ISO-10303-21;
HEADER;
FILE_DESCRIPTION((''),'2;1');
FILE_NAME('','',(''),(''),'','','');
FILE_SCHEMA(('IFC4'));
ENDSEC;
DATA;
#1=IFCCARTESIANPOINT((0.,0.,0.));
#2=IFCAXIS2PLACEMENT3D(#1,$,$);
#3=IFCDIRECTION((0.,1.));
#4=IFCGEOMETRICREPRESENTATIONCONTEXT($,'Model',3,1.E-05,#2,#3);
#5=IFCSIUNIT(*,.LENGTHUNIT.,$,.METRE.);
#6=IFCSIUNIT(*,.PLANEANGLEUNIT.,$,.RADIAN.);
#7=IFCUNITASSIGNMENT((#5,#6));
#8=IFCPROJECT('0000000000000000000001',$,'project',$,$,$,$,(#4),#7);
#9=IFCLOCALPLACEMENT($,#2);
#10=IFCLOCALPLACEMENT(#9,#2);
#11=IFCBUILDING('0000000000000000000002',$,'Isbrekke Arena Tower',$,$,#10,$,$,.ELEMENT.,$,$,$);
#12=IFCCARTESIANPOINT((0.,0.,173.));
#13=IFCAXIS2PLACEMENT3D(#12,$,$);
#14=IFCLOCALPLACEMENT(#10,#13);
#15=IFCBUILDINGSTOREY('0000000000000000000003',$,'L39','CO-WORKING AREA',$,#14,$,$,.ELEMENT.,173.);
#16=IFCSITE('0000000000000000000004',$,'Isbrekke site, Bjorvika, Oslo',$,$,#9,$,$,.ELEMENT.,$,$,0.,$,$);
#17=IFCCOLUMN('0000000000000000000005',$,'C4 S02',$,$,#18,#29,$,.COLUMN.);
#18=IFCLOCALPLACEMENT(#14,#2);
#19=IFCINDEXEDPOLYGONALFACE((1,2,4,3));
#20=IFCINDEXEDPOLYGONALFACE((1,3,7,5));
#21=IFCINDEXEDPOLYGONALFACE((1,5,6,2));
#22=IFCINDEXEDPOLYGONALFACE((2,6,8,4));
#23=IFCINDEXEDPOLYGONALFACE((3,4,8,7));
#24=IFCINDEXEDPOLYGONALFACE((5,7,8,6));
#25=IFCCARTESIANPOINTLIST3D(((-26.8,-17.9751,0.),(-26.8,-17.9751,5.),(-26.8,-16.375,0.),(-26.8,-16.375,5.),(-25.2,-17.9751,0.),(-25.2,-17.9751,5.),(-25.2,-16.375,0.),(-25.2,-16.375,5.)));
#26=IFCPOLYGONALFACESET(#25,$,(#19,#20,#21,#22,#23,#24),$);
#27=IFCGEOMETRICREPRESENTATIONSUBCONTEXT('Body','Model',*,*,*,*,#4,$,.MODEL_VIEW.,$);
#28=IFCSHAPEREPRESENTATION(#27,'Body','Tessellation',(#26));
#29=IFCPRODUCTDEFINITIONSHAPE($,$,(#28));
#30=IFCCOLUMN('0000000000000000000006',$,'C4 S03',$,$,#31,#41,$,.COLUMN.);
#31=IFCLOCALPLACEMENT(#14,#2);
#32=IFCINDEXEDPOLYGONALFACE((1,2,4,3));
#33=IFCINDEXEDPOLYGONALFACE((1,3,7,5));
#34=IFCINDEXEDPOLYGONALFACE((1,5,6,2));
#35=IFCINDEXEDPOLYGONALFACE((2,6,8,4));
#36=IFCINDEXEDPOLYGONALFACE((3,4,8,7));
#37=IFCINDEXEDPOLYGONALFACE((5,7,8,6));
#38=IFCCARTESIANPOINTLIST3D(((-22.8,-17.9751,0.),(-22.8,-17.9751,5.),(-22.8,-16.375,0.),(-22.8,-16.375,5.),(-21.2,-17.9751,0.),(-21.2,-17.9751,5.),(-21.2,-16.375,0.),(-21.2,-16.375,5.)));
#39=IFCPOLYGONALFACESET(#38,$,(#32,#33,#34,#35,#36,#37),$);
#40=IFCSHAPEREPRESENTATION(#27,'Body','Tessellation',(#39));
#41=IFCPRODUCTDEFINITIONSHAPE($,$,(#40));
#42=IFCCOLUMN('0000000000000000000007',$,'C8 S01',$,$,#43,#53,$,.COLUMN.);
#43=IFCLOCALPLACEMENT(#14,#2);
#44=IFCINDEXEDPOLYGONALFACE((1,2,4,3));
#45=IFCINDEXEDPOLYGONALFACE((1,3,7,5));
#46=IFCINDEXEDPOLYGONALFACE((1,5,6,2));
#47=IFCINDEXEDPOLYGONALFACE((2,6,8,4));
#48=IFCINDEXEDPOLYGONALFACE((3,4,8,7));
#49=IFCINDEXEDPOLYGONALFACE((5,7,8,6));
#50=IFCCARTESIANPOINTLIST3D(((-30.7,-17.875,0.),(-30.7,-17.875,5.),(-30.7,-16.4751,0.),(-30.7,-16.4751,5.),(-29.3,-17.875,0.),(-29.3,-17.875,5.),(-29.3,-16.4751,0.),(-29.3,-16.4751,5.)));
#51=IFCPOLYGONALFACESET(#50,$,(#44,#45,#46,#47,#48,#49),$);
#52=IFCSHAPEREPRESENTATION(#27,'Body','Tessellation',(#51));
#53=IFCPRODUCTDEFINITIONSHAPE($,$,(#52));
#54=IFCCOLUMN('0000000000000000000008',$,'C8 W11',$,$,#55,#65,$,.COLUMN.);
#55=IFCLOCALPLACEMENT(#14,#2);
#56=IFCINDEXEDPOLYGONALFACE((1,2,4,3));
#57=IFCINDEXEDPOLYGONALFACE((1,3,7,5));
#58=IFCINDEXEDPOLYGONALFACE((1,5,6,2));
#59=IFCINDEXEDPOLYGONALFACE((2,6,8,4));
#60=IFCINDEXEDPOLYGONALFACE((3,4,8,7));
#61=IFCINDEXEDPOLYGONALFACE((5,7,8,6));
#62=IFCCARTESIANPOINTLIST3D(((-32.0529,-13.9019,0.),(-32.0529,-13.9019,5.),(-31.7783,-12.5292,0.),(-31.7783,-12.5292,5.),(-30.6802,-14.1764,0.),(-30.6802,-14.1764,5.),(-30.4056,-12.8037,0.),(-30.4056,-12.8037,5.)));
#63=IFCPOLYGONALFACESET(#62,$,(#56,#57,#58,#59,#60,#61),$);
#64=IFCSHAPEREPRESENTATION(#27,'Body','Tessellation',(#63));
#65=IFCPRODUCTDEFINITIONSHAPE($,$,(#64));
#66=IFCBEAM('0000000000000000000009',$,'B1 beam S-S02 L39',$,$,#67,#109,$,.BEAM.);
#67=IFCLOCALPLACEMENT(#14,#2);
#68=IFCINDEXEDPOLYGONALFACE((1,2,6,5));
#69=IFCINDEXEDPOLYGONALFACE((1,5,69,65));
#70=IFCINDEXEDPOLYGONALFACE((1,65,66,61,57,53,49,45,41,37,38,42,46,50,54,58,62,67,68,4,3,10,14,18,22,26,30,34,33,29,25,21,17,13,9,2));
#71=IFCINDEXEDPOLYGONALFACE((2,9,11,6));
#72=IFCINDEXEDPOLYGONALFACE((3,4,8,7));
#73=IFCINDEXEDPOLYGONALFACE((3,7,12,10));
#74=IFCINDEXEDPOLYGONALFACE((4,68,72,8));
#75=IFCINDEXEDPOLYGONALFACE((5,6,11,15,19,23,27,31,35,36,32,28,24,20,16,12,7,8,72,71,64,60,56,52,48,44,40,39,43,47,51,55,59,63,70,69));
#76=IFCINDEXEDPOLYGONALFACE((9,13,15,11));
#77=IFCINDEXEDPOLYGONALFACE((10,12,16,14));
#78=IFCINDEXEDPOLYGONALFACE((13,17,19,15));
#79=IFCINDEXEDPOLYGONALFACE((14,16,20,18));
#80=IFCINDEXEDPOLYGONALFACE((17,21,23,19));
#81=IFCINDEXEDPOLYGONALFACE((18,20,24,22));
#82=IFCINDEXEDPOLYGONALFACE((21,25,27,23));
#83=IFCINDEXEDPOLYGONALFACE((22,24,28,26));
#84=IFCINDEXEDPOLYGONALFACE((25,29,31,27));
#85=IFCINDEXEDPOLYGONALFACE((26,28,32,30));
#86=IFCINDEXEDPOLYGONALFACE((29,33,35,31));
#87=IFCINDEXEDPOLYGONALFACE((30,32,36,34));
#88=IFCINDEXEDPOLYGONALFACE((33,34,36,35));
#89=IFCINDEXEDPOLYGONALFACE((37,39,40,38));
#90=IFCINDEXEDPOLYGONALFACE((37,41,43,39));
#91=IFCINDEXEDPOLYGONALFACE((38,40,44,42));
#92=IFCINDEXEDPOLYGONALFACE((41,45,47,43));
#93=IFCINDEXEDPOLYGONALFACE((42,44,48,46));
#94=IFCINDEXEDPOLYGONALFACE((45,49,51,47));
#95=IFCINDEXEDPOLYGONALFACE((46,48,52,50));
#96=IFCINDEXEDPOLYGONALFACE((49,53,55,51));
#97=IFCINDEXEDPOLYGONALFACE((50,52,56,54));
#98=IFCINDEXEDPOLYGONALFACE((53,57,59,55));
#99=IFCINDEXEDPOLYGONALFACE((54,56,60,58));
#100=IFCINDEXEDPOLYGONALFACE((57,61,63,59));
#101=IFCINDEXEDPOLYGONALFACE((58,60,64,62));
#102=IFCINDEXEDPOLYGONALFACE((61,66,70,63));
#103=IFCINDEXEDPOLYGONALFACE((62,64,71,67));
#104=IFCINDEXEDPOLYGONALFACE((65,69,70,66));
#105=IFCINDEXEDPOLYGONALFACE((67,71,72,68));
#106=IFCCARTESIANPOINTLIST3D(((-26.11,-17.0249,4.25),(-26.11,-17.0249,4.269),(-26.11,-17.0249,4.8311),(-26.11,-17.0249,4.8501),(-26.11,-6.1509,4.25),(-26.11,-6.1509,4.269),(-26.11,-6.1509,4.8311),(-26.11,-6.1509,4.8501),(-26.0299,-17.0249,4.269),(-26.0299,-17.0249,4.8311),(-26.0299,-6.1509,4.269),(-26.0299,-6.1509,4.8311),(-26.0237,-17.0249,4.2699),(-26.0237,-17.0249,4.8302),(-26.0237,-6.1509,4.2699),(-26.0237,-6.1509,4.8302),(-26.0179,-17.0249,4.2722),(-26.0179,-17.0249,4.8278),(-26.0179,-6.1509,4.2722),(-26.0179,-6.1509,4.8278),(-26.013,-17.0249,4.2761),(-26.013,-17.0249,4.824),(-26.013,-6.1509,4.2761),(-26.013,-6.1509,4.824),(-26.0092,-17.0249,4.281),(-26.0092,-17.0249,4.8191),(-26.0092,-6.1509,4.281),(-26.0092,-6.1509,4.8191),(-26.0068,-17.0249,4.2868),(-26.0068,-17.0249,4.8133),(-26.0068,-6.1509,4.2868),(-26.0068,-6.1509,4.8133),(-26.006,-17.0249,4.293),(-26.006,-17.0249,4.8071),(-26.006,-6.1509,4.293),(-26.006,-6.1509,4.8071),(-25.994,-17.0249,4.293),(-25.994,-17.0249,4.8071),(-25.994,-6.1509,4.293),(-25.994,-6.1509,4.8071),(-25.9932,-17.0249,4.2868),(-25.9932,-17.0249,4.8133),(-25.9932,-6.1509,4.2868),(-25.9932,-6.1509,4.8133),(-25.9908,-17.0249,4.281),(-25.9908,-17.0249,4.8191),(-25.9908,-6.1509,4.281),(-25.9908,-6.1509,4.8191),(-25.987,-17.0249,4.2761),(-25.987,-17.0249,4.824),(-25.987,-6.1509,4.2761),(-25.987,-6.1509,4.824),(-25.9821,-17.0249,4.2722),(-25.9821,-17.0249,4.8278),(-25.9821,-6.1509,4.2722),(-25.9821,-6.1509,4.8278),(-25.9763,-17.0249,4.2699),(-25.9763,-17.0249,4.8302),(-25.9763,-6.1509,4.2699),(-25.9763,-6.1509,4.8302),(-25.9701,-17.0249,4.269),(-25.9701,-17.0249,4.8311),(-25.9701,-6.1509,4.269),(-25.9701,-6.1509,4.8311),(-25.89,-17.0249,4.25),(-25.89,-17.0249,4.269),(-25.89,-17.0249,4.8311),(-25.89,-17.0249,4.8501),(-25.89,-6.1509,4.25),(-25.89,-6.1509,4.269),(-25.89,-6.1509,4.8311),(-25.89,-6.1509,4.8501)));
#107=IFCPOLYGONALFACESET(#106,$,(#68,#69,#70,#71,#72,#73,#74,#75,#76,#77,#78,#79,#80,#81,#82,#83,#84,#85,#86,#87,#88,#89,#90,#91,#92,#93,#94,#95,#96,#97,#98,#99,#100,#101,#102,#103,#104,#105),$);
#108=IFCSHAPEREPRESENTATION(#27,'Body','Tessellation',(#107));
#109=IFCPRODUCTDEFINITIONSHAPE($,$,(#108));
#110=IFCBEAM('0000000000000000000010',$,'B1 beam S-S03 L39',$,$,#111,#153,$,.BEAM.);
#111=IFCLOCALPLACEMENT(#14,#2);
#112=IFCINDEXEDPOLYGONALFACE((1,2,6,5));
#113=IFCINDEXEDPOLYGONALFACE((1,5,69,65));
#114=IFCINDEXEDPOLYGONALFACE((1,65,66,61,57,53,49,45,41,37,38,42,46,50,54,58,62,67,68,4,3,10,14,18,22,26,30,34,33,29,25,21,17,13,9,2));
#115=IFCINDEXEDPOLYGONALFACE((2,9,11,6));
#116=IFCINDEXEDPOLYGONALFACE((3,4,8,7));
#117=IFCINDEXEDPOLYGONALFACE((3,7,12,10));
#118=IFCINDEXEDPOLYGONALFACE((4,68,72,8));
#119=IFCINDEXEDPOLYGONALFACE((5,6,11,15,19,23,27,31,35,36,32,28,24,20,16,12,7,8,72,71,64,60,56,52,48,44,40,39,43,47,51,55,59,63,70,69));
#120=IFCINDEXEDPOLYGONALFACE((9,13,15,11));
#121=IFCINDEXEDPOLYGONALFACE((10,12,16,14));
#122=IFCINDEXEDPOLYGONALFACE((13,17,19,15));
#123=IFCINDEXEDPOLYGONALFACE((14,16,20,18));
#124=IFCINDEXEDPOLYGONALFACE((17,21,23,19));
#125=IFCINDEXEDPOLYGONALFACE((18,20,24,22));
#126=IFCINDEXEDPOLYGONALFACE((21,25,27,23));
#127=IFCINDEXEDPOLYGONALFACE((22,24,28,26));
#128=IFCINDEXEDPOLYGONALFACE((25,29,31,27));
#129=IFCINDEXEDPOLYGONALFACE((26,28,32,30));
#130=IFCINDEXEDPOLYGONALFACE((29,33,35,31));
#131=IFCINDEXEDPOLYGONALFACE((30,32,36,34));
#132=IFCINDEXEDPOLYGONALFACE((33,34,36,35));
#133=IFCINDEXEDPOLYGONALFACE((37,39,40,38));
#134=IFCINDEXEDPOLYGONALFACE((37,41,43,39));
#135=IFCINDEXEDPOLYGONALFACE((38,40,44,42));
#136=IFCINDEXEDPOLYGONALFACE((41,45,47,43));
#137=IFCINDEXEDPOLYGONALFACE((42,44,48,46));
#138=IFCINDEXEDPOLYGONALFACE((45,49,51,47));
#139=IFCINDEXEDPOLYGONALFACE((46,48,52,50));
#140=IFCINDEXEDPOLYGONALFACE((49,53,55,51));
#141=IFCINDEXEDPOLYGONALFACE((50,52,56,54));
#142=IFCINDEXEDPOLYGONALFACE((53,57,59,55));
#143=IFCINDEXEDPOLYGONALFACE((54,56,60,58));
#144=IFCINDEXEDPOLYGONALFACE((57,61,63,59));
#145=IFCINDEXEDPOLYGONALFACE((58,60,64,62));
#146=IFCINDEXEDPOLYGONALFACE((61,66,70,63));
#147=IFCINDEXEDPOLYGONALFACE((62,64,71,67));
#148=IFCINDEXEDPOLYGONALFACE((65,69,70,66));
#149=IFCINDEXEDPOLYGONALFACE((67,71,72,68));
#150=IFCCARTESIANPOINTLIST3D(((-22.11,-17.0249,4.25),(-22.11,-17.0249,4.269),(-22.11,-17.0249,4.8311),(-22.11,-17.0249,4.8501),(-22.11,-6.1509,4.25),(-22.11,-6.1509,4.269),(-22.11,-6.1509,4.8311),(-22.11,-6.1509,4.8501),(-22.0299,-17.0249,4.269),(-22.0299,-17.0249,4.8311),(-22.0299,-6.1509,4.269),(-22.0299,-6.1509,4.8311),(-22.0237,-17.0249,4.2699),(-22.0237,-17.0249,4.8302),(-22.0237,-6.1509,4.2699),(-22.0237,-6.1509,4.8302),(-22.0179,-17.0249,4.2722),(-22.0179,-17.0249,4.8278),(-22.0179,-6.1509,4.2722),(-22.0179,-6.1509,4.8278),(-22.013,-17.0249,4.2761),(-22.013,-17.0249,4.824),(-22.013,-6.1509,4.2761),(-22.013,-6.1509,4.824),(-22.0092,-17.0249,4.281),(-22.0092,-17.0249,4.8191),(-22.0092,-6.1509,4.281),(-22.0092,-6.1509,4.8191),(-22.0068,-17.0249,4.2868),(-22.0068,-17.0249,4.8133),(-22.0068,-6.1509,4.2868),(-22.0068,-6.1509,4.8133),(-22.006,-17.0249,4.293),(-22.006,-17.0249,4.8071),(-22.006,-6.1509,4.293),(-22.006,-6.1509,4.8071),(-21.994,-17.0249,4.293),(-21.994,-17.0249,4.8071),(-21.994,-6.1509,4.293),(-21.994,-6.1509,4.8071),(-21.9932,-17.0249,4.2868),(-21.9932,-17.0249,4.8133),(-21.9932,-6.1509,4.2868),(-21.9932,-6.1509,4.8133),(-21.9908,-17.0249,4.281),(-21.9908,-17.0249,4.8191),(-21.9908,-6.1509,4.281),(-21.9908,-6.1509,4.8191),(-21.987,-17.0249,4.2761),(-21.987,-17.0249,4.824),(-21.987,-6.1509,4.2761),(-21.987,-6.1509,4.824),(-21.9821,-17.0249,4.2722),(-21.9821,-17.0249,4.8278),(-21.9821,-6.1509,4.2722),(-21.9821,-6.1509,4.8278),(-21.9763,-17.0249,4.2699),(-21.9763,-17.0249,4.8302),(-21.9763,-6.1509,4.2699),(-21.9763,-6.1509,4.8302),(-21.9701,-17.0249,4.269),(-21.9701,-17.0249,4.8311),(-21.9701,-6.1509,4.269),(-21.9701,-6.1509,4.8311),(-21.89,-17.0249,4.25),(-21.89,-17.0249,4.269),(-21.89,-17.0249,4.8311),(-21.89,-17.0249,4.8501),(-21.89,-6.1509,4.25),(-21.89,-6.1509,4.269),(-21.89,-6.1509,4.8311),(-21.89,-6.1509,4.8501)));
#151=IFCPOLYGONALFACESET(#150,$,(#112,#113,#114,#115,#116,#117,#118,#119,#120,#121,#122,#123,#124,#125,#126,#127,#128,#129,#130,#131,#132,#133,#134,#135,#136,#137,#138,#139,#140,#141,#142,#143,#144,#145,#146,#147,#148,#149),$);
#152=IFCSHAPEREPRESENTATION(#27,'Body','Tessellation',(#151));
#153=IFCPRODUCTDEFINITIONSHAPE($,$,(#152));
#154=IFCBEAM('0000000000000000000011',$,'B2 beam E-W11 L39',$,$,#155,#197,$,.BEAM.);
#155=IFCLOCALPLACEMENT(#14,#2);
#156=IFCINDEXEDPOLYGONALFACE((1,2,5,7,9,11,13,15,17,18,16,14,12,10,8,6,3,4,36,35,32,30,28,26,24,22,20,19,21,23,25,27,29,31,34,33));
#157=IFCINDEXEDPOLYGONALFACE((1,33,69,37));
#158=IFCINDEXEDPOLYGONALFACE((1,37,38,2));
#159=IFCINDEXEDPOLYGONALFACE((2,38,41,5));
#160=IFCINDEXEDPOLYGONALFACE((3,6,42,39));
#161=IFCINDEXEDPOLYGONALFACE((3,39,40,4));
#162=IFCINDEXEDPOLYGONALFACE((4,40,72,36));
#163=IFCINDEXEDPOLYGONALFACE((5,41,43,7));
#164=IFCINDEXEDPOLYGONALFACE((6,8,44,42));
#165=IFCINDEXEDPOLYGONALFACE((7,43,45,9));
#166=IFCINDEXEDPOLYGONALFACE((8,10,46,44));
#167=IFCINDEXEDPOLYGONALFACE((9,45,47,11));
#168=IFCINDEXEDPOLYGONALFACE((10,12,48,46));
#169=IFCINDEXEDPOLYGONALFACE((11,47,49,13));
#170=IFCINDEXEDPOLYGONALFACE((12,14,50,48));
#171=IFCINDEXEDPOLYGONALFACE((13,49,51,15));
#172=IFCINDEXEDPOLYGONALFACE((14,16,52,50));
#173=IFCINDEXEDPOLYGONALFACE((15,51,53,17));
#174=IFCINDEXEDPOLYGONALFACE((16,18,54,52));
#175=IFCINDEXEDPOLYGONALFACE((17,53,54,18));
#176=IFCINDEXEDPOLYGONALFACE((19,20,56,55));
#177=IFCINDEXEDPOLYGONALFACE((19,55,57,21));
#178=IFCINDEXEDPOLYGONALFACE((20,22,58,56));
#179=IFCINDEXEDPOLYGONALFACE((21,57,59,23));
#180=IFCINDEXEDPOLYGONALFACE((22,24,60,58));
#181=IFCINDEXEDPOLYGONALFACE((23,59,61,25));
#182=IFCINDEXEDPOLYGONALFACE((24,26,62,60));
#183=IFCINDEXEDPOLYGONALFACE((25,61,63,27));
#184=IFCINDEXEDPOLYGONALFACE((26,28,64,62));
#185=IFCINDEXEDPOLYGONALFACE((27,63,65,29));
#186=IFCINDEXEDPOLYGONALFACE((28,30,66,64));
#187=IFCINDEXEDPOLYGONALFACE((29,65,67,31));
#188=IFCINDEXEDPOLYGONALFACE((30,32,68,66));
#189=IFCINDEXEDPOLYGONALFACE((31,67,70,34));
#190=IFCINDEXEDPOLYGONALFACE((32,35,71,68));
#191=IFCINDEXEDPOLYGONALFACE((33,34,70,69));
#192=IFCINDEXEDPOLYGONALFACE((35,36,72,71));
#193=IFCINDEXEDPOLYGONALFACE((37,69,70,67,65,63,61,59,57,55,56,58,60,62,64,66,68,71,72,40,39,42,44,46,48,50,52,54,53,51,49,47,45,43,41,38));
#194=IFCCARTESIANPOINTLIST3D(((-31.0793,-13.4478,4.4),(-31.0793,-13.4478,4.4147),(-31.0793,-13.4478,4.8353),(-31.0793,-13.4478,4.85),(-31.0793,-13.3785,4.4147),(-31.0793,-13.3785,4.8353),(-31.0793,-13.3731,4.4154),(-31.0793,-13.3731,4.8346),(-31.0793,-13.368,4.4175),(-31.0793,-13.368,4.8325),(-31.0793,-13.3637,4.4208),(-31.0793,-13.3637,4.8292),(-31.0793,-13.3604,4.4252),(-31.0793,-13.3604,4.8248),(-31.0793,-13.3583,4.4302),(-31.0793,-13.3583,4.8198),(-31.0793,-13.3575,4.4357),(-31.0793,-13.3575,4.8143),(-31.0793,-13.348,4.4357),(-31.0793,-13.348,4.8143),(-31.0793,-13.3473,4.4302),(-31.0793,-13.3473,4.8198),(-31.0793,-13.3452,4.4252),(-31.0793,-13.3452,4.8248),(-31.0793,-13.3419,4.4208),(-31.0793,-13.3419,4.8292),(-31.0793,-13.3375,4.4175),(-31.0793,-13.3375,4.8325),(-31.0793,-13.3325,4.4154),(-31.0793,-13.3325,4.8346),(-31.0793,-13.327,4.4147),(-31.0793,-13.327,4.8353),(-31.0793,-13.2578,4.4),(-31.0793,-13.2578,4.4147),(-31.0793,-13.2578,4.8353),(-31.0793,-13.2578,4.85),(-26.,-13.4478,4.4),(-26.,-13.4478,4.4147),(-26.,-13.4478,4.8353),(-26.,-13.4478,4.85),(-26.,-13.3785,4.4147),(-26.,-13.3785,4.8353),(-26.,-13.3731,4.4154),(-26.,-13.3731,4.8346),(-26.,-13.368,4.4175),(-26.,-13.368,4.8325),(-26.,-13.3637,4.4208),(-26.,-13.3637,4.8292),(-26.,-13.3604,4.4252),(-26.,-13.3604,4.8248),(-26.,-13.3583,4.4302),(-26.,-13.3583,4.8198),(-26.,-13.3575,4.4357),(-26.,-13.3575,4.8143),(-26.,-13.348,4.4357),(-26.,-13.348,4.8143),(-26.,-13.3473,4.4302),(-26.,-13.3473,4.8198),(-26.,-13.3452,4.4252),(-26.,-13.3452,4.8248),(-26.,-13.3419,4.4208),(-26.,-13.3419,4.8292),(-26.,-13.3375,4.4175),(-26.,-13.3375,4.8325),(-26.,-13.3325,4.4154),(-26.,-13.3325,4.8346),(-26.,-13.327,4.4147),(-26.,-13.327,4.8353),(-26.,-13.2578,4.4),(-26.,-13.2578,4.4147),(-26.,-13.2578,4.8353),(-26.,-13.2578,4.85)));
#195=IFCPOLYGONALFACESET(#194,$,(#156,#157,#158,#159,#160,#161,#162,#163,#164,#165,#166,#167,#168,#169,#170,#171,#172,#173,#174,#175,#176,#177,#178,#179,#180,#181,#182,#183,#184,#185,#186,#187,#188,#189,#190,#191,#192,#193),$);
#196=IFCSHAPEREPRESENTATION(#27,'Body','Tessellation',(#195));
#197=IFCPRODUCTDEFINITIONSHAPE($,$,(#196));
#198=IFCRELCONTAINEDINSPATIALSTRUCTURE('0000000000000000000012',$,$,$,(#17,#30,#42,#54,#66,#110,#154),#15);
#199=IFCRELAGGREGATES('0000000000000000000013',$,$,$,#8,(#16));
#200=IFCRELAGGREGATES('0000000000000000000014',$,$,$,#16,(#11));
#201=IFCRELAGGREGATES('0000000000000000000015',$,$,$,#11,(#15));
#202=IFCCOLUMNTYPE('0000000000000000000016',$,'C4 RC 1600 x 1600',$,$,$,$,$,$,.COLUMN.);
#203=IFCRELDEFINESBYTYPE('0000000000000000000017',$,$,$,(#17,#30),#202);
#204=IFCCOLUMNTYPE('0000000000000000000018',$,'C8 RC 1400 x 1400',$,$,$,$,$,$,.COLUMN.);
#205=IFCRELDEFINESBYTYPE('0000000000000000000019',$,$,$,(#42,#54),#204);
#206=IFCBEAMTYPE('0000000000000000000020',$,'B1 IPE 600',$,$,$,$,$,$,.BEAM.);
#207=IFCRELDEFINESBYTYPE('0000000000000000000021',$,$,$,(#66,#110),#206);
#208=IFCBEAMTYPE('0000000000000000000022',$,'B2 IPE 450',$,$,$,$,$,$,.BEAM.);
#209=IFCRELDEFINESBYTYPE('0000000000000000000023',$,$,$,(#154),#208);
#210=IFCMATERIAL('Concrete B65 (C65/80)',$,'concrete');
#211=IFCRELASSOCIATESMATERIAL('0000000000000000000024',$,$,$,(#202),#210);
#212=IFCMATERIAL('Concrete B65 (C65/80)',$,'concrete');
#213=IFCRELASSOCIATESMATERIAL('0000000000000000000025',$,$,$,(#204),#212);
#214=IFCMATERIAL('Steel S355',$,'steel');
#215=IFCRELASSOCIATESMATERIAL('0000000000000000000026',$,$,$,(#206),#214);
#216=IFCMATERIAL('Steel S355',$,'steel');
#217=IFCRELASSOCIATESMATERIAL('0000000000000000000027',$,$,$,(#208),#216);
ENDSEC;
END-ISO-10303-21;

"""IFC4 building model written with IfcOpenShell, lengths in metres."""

from ifc_helpers import new_model, si_unit, direction, frame, origin, origin_2d, place, context, subcontext, project, spatial, rectangle, i_section, extrude, material, material_profile, profile_set, type_object, element, save


model = new_model("IFC4")

# Units and contexts
model_context = context("Model", 3, precision=1e-05, world=origin(), true_north=direction((0.0, 1.0)))
body_context = subcontext(model_context, "Body", "Model", "MODEL_VIEW")
ifc_project = project(units=[si_unit("LENGTHUNIT", "METRE"), si_unit("PLANEANGLEUNIT", "RADIAN")], contexts=[model_context])

# Site, building, storey
site_placement = place(None, origin())
site = spatial("IfcSite", under=ifc_project, at=site_placement, Name="Isbrekke site, Bjorvika, Oslo", CompositionType="ELEMENT", RefElevation=0.0)
building_placement = place(site_placement, origin())
building = spatial("IfcBuilding", under=site, at=building_placement, Name="Isbrekke Arena Tower", CompositionType="ELEMENT")
storey_placement = place(building_placement, frame((0.0, 0.0, 173.0)))
storey = spatial("IfcBuildingStorey", under=building, at=storey_placement, Name="L39", Description="CO-WORKING AREA", CompositionType="ELEMENT", Elevation=173.0)

# Columns
ifc_material_1 = material(Name="Concrete B65 (C65/80)", Category="concrete")
ifc_material_profile_1 = material_profile(ifc_material_1, rectangle(XDim=1.6001, YDim=1.6001, at=origin_2d()), Name="RC 1600x1600")
ifc_profile_set_1 = profile_set([ifc_material_profile_1], Name="Concrete B65 (C65/80)")
column_type_1 = type_object("IfcColumnType", Name="C4 RC 1600 x 1600", PredefinedType="COLUMN", material=ifc_profile_set_1)
for number, where, z_axis, x_axis, name in (
    (1, (-26.0, -17.175, 0.0), (0.0, 0.0, 1.0), (1.0, 0.0, 0.0), "C4 S02"),
    (2, (-22.0, -17.175, 0.0), (0.0, 0.0, 1.0), (1.0, 0.0, 0.0), "C4 S03"),
):
    element("IfcColumn", number, at=place(storey_placement, frame(where, z_axis=z_axis, x_axis=x_axis)), inside=storey, type_object=column_type_1, Name=name, PredefinedType="COLUMN", context=body_context, shape_type="SweptSolid", body=[
        extrude(rectangle(XDim=1.6001, YDim=1.6001, at=origin_2d()), origin(), (0.0, 0.0, 1.0), 5.0),
    ])
ifc_material_2 = material(Name="Concrete B65 (C65/80)", Category="concrete")
ifc_material_profile_2 = material_profile(ifc_material_2, rectangle(XDim=1.3999, YDim=1.3999, at=origin_2d()), Name="RC 1400x1400")
ifc_profile_set_2 = profile_set([ifc_material_profile_2], Name="Concrete B65 (C65/80)")
column_type_2 = type_object("IfcColumnType", Name="C8 RC 1400 x 1400", PredefinedType="COLUMN", material=ifc_profile_set_2)
for number, where, z_axis, x_axis, name in (
    (3, (-30.0, -17.175, 0.0), (0.0, 0.0, 1.0), (1.0, 0.0, 0.0), "C8 S01"),
    (4, (-31.2292, -13.3528, 0.0), (0.0, 0.0, 1.0), (-0.196116, -0.980581, 0.0), "C8 W11"),
):
    element("IfcColumn", number, at=place(storey_placement, frame(where, z_axis=z_axis, x_axis=x_axis)), inside=storey, type_object=column_type_2, Name=name, PredefinedType="COLUMN", context=body_context, shape_type="SweptSolid", body=[
        extrude(rectangle(XDim=1.3999, YDim=1.3999, at=origin_2d()), origin(), (0.0, 0.0, 1.0), 5.0),
    ])

# Beams
ifc_material_3 = material(Name="Steel S355", Category="steel")
ifc_material_profile_3 = material_profile(ifc_material_3, i_section(OverallWidth=0.22, OverallDepth=0.6001, WebThickness=0.012, FlangeThickness=0.019, FilletRadius=0.0239, at=origin_2d()), Name="IPE 600")
ifc_profile_set_3 = profile_set([ifc_material_profile_3], Name="Steel S355")
beam_type_1 = type_object("IfcBeamType", Name="B1 IPE 600", PredefinedType="BEAM", material=ifc_profile_set_3)
for number, where, z_axis, x_axis, name in (
    (5, (-26.0, -17.0249, 4.55), (0.0, 1.0, 0.0), (-1.0, 0.0, 0.0), "B1 beam S-S02 L39"),
    (6, (-22.0, -17.0249, 4.55), (0.0, 1.0, 0.0), (-1.0, 0.0, 0.0), "B1 beam S-S03 L39"),
):
    element("IfcBeam", number, at=place(storey_placement, frame(where, z_axis=z_axis, x_axis=x_axis)), inside=storey, type_object=beam_type_1, Name=name, PredefinedType="BEAM", context=body_context, shape_type="SweptSolid", body=[
        extrude(i_section(OverallWidth=0.22, OverallDepth=0.6001, WebThickness=0.012, FlangeThickness=0.019, FilletRadius=0.0239, at=origin_2d()), origin(), (0.0, 0.0, 1.0), 10.874),
    ])
ifc_material_4 = material(Name="Steel S355", Category="steel")
ifc_material_profile_4 = material_profile(ifc_material_4, i_section(OverallWidth=0.1899, OverallDepth=0.45, WebThickness=0.0095, FlangeThickness=0.0146, FilletRadius=0.021, at=origin_2d()), Name="IPE 450")
ifc_profile_set_4 = profile_set([ifc_material_profile_4], Name="Steel S355")
beam_type_2 = type_object("IfcBeamType", Name="B2 IPE 450", PredefinedType="BEAM", material=ifc_profile_set_4)
beam_1_placement = place(storey_placement, frame((-31.0793, -13.3528, 4.625), z_axis=(1.0, 0.0, 0.0), x_axis=(0.0, 1.0, 0.0)))
element("IfcBeam", 7, at=beam_1_placement, inside=storey, type_object=beam_type_2, Name="B2 beam E-W11 L39", PredefinedType="BEAM", context=body_context, shape_type="SweptSolid", body=[
    extrude(i_section(OverallWidth=0.1899, OverallDepth=0.45, WebThickness=0.0095, FlangeThickness=0.0146, FilletRadius=0.021, at=origin_2d()), origin(), (0.0, 0.0, 1.0), 5.0793),
])

save(model, "model.ifc")
